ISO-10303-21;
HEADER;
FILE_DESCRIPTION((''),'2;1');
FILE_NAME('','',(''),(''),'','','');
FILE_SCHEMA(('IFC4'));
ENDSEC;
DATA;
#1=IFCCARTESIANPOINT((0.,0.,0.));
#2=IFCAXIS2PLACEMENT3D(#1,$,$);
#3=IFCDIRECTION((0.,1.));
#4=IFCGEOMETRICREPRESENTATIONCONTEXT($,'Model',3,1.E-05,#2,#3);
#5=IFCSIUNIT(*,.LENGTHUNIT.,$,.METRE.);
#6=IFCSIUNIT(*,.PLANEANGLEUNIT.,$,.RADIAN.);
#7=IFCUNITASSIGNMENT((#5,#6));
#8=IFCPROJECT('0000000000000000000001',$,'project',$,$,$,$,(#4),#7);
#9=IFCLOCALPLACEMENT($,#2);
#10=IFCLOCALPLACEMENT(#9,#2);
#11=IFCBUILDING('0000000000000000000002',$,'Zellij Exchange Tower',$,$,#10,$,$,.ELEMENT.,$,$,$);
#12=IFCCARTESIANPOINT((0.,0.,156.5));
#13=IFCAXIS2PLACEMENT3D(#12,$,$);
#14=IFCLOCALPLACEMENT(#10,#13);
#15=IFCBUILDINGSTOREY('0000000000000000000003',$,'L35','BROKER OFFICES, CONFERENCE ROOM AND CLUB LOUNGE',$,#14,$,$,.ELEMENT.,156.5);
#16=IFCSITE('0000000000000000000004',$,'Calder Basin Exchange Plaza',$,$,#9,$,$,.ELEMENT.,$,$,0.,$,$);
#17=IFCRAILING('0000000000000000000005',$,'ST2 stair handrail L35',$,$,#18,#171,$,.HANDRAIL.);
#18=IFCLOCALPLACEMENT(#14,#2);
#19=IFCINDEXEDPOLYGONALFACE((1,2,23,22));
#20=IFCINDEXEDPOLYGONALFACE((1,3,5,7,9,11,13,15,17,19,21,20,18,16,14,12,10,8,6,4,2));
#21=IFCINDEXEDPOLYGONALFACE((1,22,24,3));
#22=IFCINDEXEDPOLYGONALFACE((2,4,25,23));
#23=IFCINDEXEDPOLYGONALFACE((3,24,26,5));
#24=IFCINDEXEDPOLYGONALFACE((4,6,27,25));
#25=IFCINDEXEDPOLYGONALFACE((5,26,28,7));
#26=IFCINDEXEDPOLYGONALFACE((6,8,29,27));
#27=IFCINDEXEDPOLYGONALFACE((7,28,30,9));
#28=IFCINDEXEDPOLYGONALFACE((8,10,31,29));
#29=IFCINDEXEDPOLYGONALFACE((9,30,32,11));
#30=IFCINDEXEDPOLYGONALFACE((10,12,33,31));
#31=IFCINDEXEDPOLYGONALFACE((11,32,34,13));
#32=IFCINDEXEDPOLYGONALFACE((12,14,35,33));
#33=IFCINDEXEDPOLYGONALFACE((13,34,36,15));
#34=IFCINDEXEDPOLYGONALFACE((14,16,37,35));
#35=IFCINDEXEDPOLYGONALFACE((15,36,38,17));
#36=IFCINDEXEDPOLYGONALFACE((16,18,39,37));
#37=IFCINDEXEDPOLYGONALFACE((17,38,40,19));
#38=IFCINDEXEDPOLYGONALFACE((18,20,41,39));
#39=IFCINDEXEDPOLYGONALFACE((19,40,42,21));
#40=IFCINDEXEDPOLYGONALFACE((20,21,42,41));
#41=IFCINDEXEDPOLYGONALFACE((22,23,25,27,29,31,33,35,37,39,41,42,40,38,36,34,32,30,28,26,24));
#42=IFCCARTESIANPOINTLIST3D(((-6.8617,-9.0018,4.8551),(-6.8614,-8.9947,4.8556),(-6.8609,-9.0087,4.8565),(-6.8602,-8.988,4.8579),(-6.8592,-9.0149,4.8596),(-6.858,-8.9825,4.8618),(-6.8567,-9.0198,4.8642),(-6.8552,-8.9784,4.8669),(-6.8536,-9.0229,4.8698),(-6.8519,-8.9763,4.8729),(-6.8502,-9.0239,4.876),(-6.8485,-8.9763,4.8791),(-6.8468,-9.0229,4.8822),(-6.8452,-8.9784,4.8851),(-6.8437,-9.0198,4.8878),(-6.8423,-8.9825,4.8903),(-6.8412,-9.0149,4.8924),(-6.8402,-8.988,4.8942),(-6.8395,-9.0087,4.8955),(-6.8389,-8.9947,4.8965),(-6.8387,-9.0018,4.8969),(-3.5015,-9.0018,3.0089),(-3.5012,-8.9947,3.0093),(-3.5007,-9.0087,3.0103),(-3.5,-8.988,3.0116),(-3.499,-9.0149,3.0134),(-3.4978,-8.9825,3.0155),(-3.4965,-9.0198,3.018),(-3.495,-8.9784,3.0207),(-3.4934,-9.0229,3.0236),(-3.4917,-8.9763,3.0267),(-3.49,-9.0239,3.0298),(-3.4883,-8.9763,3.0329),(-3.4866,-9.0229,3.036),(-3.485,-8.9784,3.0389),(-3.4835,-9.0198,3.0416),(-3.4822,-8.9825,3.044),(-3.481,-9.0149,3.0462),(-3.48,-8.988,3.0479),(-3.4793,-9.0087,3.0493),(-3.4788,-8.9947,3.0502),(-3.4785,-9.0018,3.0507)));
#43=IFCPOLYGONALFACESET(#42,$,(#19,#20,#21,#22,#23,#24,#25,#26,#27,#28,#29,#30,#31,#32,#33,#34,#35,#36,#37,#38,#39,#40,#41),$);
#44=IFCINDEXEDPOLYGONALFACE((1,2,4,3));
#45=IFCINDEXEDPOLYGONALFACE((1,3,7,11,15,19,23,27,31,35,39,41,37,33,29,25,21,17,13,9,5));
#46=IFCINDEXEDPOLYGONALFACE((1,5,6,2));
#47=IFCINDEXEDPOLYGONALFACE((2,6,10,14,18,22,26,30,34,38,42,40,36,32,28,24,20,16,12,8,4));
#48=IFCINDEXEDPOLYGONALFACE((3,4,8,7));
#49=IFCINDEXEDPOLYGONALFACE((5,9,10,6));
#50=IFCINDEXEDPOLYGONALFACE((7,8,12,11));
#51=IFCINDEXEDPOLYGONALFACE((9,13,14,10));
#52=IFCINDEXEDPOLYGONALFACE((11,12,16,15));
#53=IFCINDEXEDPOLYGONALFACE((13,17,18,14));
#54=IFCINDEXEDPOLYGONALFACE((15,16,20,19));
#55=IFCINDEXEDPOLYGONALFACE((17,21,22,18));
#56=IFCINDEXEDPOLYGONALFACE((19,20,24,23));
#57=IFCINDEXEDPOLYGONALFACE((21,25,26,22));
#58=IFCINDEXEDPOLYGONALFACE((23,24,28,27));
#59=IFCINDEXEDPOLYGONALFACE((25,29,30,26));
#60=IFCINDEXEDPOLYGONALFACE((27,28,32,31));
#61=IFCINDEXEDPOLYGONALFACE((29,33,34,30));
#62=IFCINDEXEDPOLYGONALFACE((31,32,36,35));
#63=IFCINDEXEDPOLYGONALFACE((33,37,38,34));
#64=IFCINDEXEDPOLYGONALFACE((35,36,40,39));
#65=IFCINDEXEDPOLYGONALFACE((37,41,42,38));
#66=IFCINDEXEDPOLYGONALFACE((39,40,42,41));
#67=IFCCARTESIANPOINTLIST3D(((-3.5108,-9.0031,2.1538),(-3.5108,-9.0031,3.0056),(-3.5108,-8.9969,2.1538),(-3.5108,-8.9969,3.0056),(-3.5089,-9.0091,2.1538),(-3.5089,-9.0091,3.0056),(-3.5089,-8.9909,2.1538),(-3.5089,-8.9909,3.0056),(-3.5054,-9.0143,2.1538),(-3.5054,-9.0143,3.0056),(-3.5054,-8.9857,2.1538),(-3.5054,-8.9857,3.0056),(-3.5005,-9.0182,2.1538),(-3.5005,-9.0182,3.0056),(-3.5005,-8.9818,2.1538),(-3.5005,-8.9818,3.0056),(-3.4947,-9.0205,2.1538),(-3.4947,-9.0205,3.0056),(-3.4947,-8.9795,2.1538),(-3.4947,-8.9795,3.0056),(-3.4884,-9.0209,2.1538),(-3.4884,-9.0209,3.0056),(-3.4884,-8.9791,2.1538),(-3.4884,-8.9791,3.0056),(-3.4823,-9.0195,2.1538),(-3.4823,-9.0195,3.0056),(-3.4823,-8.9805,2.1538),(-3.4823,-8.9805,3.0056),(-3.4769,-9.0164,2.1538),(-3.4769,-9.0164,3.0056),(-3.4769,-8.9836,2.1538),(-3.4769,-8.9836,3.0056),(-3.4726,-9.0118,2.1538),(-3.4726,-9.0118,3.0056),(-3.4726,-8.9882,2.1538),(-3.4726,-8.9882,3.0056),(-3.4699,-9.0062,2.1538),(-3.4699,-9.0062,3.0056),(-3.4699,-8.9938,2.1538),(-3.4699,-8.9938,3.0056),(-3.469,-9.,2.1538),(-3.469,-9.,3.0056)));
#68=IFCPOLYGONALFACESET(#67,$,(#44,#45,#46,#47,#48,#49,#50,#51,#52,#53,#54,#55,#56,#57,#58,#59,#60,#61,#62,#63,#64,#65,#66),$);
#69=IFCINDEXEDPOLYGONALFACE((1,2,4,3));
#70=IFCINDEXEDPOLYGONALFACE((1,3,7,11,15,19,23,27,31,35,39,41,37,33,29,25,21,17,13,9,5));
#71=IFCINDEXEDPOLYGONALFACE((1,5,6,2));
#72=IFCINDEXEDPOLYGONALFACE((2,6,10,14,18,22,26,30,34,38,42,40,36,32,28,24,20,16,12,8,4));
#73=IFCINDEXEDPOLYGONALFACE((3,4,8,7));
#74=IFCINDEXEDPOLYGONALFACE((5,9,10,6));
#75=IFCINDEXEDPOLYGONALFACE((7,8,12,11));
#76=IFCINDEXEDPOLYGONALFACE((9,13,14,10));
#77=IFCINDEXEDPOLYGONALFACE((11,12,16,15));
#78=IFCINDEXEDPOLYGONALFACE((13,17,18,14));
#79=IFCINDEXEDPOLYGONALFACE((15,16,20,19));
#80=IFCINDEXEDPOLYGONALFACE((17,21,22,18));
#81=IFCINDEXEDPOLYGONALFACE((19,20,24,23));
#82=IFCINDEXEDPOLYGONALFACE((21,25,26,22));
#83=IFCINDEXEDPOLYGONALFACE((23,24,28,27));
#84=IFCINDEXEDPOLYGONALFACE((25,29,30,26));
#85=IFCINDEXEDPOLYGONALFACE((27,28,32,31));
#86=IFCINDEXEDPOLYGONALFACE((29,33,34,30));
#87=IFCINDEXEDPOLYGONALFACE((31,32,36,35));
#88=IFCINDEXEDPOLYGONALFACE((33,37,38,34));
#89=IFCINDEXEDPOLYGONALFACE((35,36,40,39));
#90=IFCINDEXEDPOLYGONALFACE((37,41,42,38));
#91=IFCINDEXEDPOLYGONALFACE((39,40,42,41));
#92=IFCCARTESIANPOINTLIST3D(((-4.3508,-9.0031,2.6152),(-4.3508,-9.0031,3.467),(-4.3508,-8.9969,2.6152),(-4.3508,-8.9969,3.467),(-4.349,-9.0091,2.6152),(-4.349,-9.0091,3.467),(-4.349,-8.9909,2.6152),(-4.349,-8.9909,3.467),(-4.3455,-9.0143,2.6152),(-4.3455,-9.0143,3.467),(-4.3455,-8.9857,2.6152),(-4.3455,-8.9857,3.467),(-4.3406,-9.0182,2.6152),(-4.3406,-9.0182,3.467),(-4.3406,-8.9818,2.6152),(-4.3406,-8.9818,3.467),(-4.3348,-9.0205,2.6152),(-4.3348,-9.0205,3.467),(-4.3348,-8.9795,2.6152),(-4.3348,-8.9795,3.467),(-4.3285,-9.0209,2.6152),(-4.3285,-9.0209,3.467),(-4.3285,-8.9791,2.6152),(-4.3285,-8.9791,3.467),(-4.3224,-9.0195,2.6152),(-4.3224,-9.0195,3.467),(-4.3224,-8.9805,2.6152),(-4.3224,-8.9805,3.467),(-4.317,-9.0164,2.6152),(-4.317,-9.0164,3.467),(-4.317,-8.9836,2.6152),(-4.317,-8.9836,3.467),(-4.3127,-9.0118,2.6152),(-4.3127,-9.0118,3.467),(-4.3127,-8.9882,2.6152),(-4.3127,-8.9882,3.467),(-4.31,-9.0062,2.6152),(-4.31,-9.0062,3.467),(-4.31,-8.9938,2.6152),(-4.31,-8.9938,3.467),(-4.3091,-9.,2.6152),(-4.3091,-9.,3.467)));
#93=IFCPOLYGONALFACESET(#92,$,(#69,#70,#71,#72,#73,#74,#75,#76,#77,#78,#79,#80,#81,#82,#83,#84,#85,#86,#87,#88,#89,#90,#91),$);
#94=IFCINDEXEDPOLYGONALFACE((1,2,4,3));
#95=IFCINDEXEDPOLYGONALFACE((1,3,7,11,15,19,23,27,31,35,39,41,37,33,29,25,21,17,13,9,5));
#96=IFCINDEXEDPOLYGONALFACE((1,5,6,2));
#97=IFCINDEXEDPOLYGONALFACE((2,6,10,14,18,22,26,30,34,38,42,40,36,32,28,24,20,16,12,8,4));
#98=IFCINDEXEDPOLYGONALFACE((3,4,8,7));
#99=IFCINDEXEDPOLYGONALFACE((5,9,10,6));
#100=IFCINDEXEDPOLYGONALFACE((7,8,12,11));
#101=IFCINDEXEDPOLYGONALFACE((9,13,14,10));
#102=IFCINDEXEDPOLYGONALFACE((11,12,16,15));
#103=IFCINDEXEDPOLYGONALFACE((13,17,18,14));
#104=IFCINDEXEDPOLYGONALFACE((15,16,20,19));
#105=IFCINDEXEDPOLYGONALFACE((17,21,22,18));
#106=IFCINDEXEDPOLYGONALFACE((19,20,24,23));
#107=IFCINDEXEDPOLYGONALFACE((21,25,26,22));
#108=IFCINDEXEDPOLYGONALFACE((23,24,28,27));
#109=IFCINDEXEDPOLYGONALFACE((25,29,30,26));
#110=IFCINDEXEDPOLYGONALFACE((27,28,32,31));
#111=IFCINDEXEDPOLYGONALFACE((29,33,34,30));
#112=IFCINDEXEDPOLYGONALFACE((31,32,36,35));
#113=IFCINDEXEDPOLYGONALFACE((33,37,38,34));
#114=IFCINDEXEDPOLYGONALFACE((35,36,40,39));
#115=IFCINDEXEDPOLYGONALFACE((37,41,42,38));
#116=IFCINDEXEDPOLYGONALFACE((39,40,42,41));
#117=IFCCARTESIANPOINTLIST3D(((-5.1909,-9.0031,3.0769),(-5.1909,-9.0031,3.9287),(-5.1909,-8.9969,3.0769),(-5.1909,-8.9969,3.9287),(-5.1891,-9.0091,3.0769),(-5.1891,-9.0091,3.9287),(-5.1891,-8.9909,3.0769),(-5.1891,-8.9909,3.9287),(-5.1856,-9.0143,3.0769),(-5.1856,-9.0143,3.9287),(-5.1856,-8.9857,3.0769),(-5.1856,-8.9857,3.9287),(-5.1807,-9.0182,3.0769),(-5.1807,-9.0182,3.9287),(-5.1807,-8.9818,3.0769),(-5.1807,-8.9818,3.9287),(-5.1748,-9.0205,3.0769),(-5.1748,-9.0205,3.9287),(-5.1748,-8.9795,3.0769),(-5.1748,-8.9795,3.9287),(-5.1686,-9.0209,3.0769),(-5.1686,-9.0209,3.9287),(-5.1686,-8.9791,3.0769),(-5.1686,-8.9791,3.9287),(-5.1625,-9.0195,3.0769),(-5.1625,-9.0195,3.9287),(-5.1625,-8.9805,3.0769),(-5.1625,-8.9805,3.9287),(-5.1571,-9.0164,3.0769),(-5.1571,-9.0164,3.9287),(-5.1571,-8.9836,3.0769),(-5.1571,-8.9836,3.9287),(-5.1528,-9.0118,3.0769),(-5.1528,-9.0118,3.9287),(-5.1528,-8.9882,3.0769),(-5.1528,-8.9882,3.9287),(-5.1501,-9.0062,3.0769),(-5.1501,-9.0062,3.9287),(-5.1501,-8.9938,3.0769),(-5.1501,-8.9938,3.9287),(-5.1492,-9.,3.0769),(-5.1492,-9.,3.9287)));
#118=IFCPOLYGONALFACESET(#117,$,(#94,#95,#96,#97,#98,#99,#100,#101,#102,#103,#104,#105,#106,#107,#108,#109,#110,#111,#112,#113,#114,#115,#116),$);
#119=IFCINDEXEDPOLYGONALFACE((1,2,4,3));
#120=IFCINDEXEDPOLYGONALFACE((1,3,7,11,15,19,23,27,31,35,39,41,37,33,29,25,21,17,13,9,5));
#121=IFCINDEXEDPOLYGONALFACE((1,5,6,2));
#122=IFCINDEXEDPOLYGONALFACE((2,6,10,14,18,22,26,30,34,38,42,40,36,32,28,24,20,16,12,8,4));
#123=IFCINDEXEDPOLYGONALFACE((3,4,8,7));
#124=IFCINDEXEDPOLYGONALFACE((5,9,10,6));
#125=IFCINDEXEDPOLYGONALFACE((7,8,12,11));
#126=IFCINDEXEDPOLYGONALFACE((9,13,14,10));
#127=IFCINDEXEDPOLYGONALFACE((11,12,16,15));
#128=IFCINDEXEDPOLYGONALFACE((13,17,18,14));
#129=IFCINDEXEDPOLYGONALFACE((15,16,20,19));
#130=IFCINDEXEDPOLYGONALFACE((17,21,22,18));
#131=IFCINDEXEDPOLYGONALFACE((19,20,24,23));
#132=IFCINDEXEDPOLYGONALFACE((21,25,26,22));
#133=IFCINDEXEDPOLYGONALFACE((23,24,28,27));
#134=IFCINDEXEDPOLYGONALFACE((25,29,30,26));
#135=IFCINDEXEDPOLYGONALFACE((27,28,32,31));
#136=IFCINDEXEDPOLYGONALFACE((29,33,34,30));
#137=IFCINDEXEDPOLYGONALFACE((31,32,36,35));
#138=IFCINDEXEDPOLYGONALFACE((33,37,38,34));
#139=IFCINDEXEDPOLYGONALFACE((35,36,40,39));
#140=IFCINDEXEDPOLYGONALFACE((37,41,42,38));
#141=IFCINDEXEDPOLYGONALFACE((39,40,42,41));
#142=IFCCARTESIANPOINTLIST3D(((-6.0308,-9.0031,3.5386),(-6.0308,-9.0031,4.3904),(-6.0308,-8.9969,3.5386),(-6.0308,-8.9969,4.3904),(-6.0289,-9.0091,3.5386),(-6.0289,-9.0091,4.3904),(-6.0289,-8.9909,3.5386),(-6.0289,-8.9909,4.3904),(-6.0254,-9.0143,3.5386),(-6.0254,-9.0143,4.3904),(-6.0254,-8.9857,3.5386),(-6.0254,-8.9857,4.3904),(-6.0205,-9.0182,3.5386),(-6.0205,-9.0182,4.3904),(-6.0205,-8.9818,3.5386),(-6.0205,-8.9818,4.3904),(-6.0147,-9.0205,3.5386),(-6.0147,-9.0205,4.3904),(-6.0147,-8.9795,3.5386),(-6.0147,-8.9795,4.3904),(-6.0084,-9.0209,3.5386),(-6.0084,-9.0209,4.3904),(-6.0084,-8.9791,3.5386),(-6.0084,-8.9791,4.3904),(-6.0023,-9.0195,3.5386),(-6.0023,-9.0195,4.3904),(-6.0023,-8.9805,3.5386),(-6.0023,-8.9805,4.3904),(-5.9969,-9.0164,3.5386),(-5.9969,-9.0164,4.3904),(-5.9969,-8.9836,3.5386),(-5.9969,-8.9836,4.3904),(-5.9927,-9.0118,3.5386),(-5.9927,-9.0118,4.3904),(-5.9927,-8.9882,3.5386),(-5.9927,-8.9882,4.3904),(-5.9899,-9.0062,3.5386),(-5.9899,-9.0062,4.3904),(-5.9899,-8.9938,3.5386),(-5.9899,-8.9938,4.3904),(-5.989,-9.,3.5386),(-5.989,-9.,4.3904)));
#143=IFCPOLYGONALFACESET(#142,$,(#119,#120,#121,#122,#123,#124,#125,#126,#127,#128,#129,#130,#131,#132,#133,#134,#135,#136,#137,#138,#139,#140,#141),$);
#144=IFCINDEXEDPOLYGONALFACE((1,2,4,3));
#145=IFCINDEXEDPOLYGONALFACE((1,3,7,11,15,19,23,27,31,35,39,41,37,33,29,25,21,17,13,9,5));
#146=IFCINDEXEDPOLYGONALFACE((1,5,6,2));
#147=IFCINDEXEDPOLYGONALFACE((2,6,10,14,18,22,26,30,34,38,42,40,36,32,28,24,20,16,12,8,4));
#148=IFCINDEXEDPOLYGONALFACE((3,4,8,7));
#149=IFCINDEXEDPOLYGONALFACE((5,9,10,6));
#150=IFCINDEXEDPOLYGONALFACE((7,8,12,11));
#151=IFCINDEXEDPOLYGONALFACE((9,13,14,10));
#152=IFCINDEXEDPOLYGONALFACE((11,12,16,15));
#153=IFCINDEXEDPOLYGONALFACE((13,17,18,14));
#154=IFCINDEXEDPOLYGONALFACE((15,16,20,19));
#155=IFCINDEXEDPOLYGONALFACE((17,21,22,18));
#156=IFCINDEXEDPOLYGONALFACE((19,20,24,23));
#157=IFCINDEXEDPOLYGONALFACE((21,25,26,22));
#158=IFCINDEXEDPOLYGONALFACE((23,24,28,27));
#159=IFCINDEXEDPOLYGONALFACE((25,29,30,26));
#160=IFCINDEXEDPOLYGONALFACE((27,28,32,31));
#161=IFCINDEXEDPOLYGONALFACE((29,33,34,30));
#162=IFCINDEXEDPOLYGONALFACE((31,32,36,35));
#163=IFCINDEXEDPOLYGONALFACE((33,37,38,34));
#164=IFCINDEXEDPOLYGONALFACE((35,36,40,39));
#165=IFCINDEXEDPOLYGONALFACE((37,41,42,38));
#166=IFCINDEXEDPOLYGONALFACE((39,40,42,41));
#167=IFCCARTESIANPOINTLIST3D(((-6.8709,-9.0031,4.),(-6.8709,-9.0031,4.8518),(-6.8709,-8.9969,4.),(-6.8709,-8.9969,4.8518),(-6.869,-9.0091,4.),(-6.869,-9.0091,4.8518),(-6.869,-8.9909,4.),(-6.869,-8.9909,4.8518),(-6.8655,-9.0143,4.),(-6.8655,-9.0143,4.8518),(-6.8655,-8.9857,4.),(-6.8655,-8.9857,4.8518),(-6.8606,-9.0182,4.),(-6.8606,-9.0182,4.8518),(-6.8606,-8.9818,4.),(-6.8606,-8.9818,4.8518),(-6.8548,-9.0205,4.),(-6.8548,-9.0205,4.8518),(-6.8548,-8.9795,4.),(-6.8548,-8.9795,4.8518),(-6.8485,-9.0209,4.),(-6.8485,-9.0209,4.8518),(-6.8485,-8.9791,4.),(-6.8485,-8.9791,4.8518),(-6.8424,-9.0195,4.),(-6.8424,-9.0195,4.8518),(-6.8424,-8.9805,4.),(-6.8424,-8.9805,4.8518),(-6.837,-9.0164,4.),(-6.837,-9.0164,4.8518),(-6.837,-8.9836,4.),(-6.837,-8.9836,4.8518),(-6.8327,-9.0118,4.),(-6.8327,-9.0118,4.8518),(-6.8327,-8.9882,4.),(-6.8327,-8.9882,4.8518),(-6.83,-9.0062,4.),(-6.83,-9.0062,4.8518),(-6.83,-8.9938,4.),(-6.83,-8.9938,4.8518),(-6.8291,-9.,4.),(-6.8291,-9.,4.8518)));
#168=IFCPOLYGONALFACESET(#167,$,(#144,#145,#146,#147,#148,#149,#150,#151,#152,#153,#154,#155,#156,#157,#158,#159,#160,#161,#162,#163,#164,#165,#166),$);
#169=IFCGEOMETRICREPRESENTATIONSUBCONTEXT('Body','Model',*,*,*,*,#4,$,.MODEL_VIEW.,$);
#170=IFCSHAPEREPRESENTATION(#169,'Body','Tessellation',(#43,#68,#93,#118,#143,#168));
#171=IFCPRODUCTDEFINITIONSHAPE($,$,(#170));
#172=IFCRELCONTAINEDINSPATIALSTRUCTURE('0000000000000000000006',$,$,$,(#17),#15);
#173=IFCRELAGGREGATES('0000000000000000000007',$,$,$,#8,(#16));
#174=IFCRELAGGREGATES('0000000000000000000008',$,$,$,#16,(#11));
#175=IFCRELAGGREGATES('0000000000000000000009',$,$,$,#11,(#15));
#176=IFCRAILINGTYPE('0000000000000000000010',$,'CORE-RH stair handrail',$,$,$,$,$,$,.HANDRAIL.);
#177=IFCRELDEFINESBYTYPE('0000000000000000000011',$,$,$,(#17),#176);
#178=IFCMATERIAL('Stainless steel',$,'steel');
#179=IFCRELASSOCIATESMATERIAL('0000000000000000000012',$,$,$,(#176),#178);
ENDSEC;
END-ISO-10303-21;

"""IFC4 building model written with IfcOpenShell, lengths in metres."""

from ifc_helpers import new_model, si_unit, direction, frame, origin, origin_2d, place, context, subcontext, project, spatial, circle, extrude, material, type_object, element, save


model = new_model("IFC4")

# Units and contexts
model_context = context("Model", 3, precision=1e-05, world=origin(), true_north=direction((0.0, 1.0)))
body_context = subcontext(model_context, "Body", "Model", "MODEL_VIEW")
ifc_project = project(units=[si_unit("LENGTHUNIT", "METRE"), si_unit("PLANEANGLEUNIT", "RADIAN")], contexts=[model_context])

# Site, building, storey
site_placement = place(None, origin())
site = spatial("IfcSite", under=ifc_project, at=site_placement, Name="Calder Basin Exchange Plaza", CompositionType="ELEMENT", RefElevation=0.0)
building_placement = place(site_placement, origin())
building = spatial("IfcBuilding", under=site, at=building_placement, Name="Zellij Exchange Tower", CompositionType="ELEMENT")
storey_placement = place(building_placement, frame((0.0, 0.0, 156.5)))
storey = spatial("IfcBuildingStorey", under=building, at=storey_placement, Name="L35", Description="BROKER OFFICES, CONFERENCE ROOM AND CLUB LOUNGE", CompositionType="ELEMENT", Elevation=156.5)

# Railing
ifc_material_1 = material(Name="Stainless steel", Category="steel")
railing_type_1 = type_object("IfcRailingType", Name="CORE-RH stair handrail", PredefinedType="HANDRAIL", material=ifc_material_1)
railing_1_placement = place(storey_placement, frame((-3.49, -9.0, 2.1538)))
element("IfcRailing", 1, at=railing_1_placement, inside=storey, type_object=railing_type_1, Name="ST2 stair handrail L35", PredefinedType="HANDRAIL", context=body_context, shape_type="SweptSolid", body=[
    extrude(circle(Radius=0.0239, at=origin_2d()), frame((0.0, 0.0, 0.876), z_axis=(-0.876422, 0.0, 0.481545), x_axis=(0.0, -1.0, 0.0)), (0.0, 0.0, 1.0), 3.834),
    extrude(circle(Radius=0.021, at=origin_2d()), origin(), (0.0, 0.0, 1.0), 0.8518),
    extrude(circle(Radius=0.021, at=origin_2d()), frame((-0.8401, 0.0, 0.4614)), (0.0, 0.0, 1.0), 0.8518),
    extrude(circle(Radius=0.021, at=origin_2d()), frame((-1.6802, 0.0, 0.9231)), (0.0, 0.0, 1.0), 0.8518),
    extrude(circle(Radius=0.021, at=origin_2d()), frame((-2.52, 0.0, 1.3848)), (0.0, 0.0, 1.0), 0.8518),
    extrude(circle(Radius=0.021, at=origin_2d()), frame((-3.3601, 0.0, 1.8462)), (0.0, 0.0, 1.0), 0.8518),
])

save(model, "model.ifc")
